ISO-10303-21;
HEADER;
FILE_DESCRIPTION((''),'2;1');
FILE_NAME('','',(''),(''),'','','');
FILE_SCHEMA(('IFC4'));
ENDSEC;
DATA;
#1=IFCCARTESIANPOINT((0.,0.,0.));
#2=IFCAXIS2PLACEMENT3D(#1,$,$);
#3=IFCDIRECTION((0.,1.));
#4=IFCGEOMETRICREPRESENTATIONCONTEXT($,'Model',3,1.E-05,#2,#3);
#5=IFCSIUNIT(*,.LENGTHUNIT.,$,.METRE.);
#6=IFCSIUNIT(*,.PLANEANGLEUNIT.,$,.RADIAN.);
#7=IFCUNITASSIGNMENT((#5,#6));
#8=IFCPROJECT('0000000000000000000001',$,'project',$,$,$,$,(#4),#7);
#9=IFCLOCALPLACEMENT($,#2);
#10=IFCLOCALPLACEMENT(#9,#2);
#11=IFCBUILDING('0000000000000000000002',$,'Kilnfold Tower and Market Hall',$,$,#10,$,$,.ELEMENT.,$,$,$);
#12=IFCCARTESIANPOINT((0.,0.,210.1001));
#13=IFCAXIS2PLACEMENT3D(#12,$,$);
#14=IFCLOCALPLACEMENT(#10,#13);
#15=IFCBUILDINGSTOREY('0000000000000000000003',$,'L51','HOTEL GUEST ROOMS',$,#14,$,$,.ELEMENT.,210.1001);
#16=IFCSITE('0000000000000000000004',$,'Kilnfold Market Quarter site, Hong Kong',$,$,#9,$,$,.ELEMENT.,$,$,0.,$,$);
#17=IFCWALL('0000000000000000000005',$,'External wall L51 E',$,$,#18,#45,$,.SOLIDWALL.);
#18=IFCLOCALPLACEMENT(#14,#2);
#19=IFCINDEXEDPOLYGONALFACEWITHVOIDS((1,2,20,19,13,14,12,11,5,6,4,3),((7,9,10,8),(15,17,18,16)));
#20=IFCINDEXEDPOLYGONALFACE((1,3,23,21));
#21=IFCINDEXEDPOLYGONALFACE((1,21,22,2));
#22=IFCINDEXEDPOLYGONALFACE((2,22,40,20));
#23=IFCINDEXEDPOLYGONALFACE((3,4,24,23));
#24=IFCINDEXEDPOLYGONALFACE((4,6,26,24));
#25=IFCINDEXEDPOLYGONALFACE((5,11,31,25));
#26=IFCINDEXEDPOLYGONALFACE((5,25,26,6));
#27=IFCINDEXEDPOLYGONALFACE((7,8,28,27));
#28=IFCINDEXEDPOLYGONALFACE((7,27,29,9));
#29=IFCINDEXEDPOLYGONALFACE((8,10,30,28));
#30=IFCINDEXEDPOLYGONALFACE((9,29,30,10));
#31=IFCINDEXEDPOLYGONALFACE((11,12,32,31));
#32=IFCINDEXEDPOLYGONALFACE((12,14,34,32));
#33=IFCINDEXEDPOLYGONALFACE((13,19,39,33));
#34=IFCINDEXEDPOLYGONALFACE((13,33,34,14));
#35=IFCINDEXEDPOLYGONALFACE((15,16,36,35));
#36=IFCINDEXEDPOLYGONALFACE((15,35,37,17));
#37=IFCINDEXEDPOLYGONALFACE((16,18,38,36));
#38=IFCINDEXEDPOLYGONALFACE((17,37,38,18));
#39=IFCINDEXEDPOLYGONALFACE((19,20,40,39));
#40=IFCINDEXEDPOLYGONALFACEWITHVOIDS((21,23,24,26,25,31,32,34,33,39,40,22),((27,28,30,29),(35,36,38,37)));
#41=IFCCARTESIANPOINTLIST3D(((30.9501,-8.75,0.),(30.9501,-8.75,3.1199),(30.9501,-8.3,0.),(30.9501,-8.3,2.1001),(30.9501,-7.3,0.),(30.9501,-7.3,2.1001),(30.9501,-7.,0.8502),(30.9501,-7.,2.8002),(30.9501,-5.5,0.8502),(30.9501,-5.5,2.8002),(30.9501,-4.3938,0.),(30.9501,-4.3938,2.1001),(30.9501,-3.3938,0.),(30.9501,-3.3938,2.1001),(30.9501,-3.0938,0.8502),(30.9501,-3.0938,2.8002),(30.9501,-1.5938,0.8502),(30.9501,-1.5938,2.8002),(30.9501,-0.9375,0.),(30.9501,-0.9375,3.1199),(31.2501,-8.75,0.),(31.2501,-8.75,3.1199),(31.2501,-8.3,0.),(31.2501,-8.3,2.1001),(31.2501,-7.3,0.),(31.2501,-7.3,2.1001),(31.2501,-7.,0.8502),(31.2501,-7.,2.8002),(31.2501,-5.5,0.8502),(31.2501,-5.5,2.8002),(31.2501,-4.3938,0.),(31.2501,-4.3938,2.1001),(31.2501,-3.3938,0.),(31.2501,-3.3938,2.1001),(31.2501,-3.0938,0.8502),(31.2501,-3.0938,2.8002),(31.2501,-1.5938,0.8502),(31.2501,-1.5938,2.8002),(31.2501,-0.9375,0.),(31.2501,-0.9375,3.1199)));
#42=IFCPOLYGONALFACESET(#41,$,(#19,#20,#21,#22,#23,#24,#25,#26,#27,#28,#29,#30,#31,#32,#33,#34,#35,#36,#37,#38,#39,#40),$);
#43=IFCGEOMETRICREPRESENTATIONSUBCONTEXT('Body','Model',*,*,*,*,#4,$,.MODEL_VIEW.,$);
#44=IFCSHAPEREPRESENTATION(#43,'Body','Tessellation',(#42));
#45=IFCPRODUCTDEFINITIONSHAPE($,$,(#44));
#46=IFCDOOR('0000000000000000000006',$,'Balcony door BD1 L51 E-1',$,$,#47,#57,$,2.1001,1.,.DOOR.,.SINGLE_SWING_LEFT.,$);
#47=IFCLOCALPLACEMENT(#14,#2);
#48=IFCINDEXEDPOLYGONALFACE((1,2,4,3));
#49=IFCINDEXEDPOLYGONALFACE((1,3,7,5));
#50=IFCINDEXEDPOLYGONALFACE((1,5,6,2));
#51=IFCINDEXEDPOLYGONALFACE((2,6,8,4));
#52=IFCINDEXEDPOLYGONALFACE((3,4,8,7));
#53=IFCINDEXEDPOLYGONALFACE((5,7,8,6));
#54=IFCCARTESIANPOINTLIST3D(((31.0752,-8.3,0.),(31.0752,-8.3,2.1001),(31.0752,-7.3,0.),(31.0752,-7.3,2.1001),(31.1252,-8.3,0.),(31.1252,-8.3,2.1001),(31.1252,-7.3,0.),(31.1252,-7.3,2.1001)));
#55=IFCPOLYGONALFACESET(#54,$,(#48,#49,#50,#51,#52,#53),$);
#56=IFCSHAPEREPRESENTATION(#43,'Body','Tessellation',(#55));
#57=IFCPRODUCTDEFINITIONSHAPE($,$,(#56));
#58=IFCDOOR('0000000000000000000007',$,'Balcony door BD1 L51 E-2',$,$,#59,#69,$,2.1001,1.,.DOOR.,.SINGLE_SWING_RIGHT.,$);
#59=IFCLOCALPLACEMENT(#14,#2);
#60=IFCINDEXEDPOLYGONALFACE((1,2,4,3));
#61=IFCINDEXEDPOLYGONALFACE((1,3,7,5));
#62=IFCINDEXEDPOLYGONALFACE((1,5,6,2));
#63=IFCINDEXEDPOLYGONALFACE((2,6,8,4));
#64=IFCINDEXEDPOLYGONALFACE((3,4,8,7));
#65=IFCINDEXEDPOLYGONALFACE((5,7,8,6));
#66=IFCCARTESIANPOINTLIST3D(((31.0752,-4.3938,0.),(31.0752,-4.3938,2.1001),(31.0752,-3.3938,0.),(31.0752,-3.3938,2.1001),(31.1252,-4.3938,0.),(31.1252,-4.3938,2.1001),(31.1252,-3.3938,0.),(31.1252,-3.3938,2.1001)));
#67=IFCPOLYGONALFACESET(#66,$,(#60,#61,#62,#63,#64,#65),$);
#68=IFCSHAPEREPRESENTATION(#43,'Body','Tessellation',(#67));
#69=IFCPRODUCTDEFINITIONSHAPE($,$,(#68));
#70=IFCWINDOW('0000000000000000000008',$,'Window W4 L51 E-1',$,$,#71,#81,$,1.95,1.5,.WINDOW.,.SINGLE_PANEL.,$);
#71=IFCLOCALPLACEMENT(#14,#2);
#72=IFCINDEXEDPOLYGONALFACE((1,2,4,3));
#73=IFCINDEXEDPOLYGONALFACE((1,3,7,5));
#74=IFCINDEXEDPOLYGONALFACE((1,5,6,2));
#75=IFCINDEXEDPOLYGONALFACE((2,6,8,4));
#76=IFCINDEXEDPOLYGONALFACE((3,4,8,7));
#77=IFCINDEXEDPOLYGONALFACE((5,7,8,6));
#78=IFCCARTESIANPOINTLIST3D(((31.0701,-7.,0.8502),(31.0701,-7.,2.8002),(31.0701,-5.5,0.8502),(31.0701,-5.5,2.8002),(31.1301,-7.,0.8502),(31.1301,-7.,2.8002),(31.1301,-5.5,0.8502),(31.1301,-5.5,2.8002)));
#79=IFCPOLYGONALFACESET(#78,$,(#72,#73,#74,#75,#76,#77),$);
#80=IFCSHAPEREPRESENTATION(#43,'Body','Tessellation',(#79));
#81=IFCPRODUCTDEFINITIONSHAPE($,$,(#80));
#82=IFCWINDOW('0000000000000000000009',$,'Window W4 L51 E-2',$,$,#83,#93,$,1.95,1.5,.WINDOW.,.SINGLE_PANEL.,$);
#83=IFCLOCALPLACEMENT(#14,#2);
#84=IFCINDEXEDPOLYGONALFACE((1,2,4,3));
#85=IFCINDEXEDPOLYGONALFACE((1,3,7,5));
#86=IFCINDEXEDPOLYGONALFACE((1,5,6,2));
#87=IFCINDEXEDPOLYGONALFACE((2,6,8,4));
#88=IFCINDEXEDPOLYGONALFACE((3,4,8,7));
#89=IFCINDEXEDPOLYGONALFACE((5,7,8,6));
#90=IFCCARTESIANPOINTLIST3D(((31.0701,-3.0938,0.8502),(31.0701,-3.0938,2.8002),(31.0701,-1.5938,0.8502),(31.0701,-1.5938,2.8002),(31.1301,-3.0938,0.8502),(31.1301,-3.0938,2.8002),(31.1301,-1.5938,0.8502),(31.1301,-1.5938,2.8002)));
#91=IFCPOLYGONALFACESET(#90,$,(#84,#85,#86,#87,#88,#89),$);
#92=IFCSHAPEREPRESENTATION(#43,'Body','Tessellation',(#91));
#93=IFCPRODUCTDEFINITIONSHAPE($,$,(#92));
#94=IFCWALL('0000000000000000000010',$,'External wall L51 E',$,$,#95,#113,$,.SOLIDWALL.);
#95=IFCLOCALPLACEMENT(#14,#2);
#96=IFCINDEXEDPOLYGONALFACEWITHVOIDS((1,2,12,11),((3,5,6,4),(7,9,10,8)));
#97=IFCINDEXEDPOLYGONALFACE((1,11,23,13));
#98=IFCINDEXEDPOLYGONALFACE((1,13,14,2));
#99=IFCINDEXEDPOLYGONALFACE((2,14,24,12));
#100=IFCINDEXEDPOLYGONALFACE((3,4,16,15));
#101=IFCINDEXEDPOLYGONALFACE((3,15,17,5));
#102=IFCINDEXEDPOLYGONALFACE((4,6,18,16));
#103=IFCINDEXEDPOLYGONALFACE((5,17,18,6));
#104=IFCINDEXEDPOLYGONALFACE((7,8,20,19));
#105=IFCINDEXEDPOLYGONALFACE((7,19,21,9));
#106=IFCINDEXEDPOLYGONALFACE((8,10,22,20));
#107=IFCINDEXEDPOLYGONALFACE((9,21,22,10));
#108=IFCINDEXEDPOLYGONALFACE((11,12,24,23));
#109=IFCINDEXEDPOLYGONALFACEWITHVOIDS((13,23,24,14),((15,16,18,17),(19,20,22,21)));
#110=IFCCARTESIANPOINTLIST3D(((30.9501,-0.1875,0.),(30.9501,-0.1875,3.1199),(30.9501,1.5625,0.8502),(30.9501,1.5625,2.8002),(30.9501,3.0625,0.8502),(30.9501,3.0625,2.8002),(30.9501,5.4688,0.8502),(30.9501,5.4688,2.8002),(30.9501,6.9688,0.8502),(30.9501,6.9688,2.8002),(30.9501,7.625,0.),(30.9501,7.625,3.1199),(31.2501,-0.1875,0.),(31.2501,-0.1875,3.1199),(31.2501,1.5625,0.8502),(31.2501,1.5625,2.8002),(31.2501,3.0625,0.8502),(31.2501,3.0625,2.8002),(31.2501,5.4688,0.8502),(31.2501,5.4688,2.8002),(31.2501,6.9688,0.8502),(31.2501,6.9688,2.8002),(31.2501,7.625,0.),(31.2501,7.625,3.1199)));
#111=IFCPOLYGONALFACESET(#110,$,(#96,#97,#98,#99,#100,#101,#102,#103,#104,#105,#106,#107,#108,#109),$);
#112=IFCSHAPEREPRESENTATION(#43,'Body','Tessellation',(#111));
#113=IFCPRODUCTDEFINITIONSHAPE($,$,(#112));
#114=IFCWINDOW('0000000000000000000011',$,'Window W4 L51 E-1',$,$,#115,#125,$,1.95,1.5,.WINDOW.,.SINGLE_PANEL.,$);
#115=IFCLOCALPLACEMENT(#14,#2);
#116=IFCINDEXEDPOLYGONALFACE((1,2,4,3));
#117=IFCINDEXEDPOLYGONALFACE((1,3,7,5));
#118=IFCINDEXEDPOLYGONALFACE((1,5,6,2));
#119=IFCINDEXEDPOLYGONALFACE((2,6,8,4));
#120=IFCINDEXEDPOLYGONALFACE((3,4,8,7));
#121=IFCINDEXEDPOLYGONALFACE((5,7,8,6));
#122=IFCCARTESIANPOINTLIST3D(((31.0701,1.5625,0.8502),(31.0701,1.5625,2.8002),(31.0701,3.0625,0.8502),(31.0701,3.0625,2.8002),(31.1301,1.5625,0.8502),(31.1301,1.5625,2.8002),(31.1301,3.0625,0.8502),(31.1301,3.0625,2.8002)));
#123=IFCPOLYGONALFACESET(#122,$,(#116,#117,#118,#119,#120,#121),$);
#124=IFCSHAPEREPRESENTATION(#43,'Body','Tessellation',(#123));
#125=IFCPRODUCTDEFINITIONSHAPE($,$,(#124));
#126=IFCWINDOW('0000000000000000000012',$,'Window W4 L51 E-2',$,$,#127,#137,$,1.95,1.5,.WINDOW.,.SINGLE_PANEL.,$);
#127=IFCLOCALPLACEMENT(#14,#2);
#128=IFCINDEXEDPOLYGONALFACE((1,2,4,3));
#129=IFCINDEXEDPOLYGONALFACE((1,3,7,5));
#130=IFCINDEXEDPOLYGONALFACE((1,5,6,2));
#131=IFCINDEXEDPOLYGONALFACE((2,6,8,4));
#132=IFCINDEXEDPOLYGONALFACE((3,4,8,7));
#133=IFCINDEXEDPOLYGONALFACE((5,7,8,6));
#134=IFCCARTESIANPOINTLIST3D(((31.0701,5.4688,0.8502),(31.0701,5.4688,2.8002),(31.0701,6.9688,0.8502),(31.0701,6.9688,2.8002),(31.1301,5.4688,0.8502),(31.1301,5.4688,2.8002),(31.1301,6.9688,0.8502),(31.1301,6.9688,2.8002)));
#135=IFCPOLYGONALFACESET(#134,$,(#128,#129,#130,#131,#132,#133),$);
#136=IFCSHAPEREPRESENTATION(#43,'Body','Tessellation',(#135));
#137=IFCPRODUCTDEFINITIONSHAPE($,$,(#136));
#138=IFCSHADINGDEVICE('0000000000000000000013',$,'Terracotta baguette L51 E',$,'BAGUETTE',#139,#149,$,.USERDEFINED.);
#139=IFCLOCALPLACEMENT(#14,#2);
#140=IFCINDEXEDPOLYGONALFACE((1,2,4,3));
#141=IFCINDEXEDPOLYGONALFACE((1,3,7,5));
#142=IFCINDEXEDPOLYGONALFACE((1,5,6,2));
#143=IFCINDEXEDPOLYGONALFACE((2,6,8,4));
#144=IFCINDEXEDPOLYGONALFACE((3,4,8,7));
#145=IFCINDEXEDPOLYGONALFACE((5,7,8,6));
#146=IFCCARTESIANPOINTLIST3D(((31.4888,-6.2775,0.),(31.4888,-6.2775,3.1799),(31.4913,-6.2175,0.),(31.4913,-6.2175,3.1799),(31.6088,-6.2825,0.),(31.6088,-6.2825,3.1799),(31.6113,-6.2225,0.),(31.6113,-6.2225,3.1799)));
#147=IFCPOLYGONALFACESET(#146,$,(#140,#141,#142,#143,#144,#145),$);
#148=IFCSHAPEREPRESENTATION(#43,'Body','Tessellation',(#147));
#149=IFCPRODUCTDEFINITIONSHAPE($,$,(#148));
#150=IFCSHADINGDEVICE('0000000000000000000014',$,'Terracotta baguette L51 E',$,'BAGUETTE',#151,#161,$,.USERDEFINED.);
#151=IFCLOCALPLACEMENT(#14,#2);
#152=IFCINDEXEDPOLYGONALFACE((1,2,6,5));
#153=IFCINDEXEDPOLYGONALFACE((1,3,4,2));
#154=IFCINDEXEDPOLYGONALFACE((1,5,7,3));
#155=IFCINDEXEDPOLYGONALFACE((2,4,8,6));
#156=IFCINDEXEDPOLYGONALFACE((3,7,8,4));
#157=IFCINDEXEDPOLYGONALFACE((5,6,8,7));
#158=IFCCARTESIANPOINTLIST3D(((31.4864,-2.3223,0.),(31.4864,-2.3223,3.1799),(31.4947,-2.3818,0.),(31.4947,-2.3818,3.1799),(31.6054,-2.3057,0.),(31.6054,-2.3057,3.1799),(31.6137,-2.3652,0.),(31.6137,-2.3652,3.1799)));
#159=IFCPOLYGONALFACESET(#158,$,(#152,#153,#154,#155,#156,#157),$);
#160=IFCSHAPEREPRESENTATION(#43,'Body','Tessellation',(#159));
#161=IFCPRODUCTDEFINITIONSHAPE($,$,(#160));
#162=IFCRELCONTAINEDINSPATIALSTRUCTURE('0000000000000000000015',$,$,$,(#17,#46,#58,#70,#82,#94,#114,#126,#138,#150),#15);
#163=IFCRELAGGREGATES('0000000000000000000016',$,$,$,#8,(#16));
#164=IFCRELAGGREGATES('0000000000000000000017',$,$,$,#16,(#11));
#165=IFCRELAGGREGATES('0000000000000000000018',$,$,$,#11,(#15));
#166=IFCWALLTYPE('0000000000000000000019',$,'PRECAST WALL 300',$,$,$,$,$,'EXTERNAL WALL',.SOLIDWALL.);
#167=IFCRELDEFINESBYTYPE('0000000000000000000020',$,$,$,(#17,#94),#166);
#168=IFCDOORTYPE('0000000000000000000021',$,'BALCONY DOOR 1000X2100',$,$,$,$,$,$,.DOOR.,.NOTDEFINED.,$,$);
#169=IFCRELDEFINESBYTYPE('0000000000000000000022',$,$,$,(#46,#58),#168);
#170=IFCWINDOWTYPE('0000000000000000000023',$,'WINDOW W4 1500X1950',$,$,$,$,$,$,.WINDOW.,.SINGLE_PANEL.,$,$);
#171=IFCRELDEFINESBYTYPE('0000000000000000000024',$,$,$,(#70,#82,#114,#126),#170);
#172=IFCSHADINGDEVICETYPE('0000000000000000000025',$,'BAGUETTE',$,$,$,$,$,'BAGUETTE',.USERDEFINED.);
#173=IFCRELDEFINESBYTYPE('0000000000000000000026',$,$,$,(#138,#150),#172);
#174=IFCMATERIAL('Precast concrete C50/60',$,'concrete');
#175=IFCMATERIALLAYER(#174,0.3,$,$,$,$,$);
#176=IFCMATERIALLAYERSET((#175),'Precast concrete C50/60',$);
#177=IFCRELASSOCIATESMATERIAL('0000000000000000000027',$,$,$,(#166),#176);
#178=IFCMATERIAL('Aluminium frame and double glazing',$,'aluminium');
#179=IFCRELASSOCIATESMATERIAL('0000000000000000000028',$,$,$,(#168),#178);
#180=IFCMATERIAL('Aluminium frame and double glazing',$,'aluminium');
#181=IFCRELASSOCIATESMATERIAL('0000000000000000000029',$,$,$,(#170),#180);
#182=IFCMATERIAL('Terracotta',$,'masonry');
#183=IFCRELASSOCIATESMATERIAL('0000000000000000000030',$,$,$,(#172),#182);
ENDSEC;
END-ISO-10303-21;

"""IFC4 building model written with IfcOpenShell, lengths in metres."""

from ifc_helpers import new_model, si_unit, direction, frame, frame_2d, origin, origin_2d, place, context, subcontext, project, spatial, rectangle, extrude, source, transform, mapped, material, layer, layer_set, material_profile, profile_set, type_object, element, fill, save


model = new_model("IFC4")

# Units and contexts
model_context = context("Model", 3, precision=1e-05, world=origin(), true_north=direction((0.0, 1.0)))
body_context = subcontext(model_context, "Body", "Model", "MODEL_VIEW")
ifc_project = project(units=[si_unit("LENGTHUNIT", "METRE"), si_unit("PLANEANGLEUNIT", "RADIAN")], contexts=[model_context])

# Site, building, storey
site_placement = place(None, origin())
site = spatial("IfcSite", under=ifc_project, at=site_placement, Name="Kilnfold Market Quarter site, Hong Kong", CompositionType="ELEMENT", RefElevation=0.0)
building_placement = place(site_placement, origin())
building = spatial("IfcBuilding", under=site, at=building_placement, Name="Kilnfold Tower and Market Hall", CompositionType="ELEMENT")
storey_placement = place(building_placement, frame((0.0, 0.0, 210.1001)))
storey = spatial("IfcBuildingStorey", under=building, at=storey_placement, Name="L51", Description="HOTEL GUEST ROOMS", CompositionType="ELEMENT", Elevation=210.1001)

# Wall, openings, doors, windows
ifc_material_1 = material(Name="Precast concrete C50/60", Category="concrete")
ifc_layer_1 = layer(ifc_material_1, 0.3)
ifc_layer_set_1 = layer_set([ifc_layer_1], Name="Precast concrete C50/60")
wall_type_1 = type_object("IfcWallType", Name="PRECAST WALL 300", ElementType="EXTERNAL WALL", PredefinedType="SOLIDWALL", material=ifc_layer_set_1)
shared_shape_1 = source(origin(), body_context, "Body", "SweptSolid", [
    extrude(rectangle(XDim=7.8125, YDim=0.3, at=frame_2d((3.9062, 0.0))), origin(), (0.0, 0.0, 1.0), 3.1199),
])
wall_1_placement = place(storey_placement, frame((31.1001, -8.75, 0.0), z_axis=(0.0, 0.0, 1.0), x_axis=(0.0, 1.0, 0.0)))
wall_1 = element("IfcWall", 1, at=wall_1_placement, inside=storey, type_object=wall_type_1, Name="External wall L51 E", PredefinedType="SOLIDWALL", context=body_context, shape_type="MappedRepresentation", body=[
    mapped(shared_shape_1, transform((0.0, 0.0, 0.0))),
])
opening_1_placement = place(wall_1_placement, frame((1.75, 0.0, 0.8501)))
opening_1 = element("IfcOpeningElement", 2, at=opening_1_placement, cuts=wall_1, PredefinedType="OPENING", context=body_context, shape_type="SweptSolid", body=[
    extrude(rectangle(XDim=1.5, YDim=1.95, at=frame_2d((0.75, 0.9751))), frame((0.0, 0.1602, 0.0), z_axis=(0.0, -1.0, 0.0), x_axis=(1.0, 0.0, 0.0)), (0.0, 0.0, 1.0), 0.3201),
])
opening_2_placement = place(wall_1_placement, frame((0.45, 0.0, 0.0)))
opening_2 = element("IfcOpeningElement", 3, at=opening_2_placement, cuts=wall_1, PredefinedType="OPENING", context=body_context, shape_type="SweptSolid", body=[
    extrude(rectangle(XDim=1.0, YDim=2.1001, at=frame_2d((0.5, 1.05))), frame((0.0, 0.1602, 0.0), z_axis=(0.0, -1.0, 0.0), x_axis=(1.0, 0.0, 0.0)), (0.0, 0.0, 1.0), 0.3201),
])
opening_3_placement = place(wall_1_placement, frame((5.6562, 0.0, 0.8501)))
opening_3 = element("IfcOpeningElement", 4, at=opening_3_placement, cuts=wall_1, PredefinedType="OPENING", context=body_context, shape_type="SweptSolid", body=[
    extrude(rectangle(XDim=1.5, YDim=1.95, at=frame_2d((0.75, 0.9751))), frame((0.0, 0.1602, 0.0), z_axis=(0.0, -1.0, 0.0), x_axis=(1.0, 0.0, 0.0)), (0.0, 0.0, 1.0), 0.3201),
])
opening_4_placement = place(wall_1_placement, frame((4.3562, 0.0, 0.0)))
opening_4 = element("IfcOpeningElement", 5, at=opening_4_placement, cuts=wall_1, PredefinedType="OPENING", context=body_context, shape_type="SweptSolid", body=[
    extrude(rectangle(XDim=1.0, YDim=2.1001, at=frame_2d((0.5, 1.05))), frame((0.0, 0.1602, 0.0), z_axis=(0.0, -1.0, 0.0), x_axis=(1.0, 0.0, 0.0)), (0.0, 0.0, 1.0), 0.3201),
])
ifc_material_2 = material(Name="Aluminium frame and double glazing", Category="aluminium")
door_type_1 = type_object("IfcDoorType", Name="BALCONY DOOR 1000X2100", OperationType="NOTDEFINED", PredefinedType="DOOR", material=ifc_material_2)
door_1_placement = place(opening_2_placement, origin())
door_1 = element("IfcDoor", 6, at=door_1_placement, inside=storey, type_object=door_type_1, Name="Balcony door BD1 L51 E-1", OperationType="SINGLE_SWING_LEFT", OverallHeight=2.1001, OverallWidth=1.0, PredefinedType="DOOR", context=body_context, shape_type="SweptSolid", body=[
    extrude(rectangle(XDim=1.0, YDim=2.1001, at=frame_2d((0.5, 1.05))), frame((0.0, 0.0249, 0.0), z_axis=(0.0, -1.0, 0.0), x_axis=(1.0, 0.0, 0.0)), (0.0, 0.0, 1.0), 0.05),
])
fill(opening_2, door_1)
door_2_placement = place(opening_4_placement, origin())
door_2 = element("IfcDoor", 7, at=door_2_placement, inside=storey, type_object=door_type_1, Name="Balcony door BD1 L51 E-2", OperationType="SINGLE_SWING_RIGHT", OverallHeight=2.1001, OverallWidth=1.0, PredefinedType="DOOR", context=body_context, shape_type="SweptSolid", body=[
    extrude(rectangle(XDim=1.0, YDim=2.1001, at=frame_2d((0.5, 1.05))), frame((0.0, 0.0249, 0.0), z_axis=(0.0, -1.0, 0.0), x_axis=(1.0, 0.0, 0.0)), (0.0, 0.0, 1.0), 0.05),
])
fill(opening_4, door_2)
ifc_material_3 = material(Name="Aluminium frame and double glazing", Category="aluminium")
window_type = type_object("IfcWindowType", Name="WINDOW W4 1500X1950", PartitioningType="SINGLE_PANEL", PredefinedType="WINDOW", material=ifc_material_3)
window_1_placement = place(opening_1_placement, origin())
window_1 = element("IfcWindow", 8, at=window_1_placement, inside=storey, type_object=window_type, Name="Window W4 L51 E-1", OverallHeight=1.95, OverallWidth=1.5, PartitioningType="SINGLE_PANEL", PredefinedType="WINDOW", context=body_context, shape_type="SweptSolid", body=[
    extrude(rectangle(XDim=1.5, YDim=1.95, at=frame_2d((0.75, 0.9751))), frame((0.0, 0.03, 0.0), z_axis=(0.0, -1.0, 0.0), x_axis=(1.0, 0.0, 0.0)), (0.0, 0.0, 1.0), 0.0601),
])
fill(opening_1, window_1)
window_2_placement = place(opening_3_placement, origin())
window_2 = element("IfcWindow", 9, at=window_2_placement, inside=storey, type_object=window_type, Name="Window W4 L51 E-2", OverallHeight=1.95, OverallWidth=1.5, PartitioningType="SINGLE_PANEL", PredefinedType="WINDOW", context=body_context, shape_type="SweptSolid", body=[
    extrude(rectangle(XDim=1.5, YDim=1.95, at=frame_2d((0.75, 0.9751))), frame((0.0, 0.03, 0.0), z_axis=(0.0, -1.0, 0.0), x_axis=(1.0, 0.0, 0.0)), (0.0, 0.0, 1.0), 0.0601),
])
fill(opening_3, window_2)

# Wall, openings, windows
wall_2_placement = place(storey_placement, frame((31.1001, -0.1875, 0.0), z_axis=(0.0, 0.0, 1.0), x_axis=(0.0, 1.0, 0.0)))
wall_2 = element("IfcWall", 10, at=wall_2_placement, inside=storey, type_object=wall_type_1, Name="External wall L51 E", PredefinedType="SOLIDWALL", context=body_context, shape_type="MappedRepresentation", body=[
    mapped(shared_shape_1, transform((0.0, 0.0, 0.0))),
])
opening_5_placement = place(wall_2_placement, frame((1.75, 0.0, 0.8501)))
opening_5 = element("IfcOpeningElement", 11, at=opening_5_placement, cuts=wall_2, PredefinedType="OPENING", context=body_context, shape_type="SweptSolid", body=[
    extrude(rectangle(XDim=1.5, YDim=1.95, at=frame_2d((0.75, 0.9751))), frame((0.0, 0.1602, 0.0), z_axis=(0.0, -1.0, 0.0), x_axis=(1.0, 0.0, 0.0)), (0.0, 0.0, 1.0), 0.3201),
])
opening_6_placement = place(wall_2_placement, frame((5.6562, 0.0, 0.8501)))
opening_6 = element("IfcOpeningElement", 12, at=opening_6_placement, cuts=wall_2, PredefinedType="OPENING", context=body_context, shape_type="SweptSolid", body=[
    extrude(rectangle(XDim=1.5, YDim=1.95, at=frame_2d((0.75, 0.9751))), frame((0.0, 0.1602, 0.0), z_axis=(0.0, -1.0, 0.0), x_axis=(1.0, 0.0, 0.0)), (0.0, 0.0, 1.0), 0.3201),
])
window_3_placement = place(opening_5_placement, origin())
window_3 = element("IfcWindow", 13, at=window_3_placement, inside=storey, type_object=window_type, Name="Window W4 L51 E-1", OverallHeight=1.95, OverallWidth=1.5, PartitioningType="SINGLE_PANEL", PredefinedType="WINDOW", context=body_context, shape_type="SweptSolid", body=[
    extrude(rectangle(XDim=1.5, YDim=1.95, at=frame_2d((0.75, 0.9751))), frame((0.0, 0.03, 0.0), z_axis=(0.0, -1.0, 0.0), x_axis=(1.0, 0.0, 0.0)), (0.0, 0.0, 1.0), 0.0601),
])
fill(opening_5, window_3)
window_4_placement = place(opening_6_placement, origin())
window_4 = element("IfcWindow", 14, at=window_4_placement, inside=storey, type_object=window_type, Name="Window W4 L51 E-2", OverallHeight=1.95, OverallWidth=1.5, PartitioningType="SINGLE_PANEL", PredefinedType="WINDOW", context=body_context, shape_type="SweptSolid", body=[
    extrude(rectangle(XDim=1.5, YDim=1.95, at=frame_2d((0.75, 0.9751))), frame((0.0, 0.03, 0.0), z_axis=(0.0, -1.0, 0.0), x_axis=(1.0, 0.0, 0.0)), (0.0, 0.0, 1.0), 0.0601),
])
fill(opening_6, window_4)

# Shading devices
ifc_material_4 = material(Name="Terracotta", Category="masonry")
ifc_material_profile_1 = material_profile(ifc_material_4, rectangle(XDim=0.0601, YDim=0.1201, at=origin_2d()), Name="BAG 60x120")
ifc_profile_set_1 = profile_set([ifc_material_profile_1], Name="Terracotta")
shading_device_type = type_object("IfcShadingDeviceType", Name="BAGUETTE", ElementType="BAGUETTE", PredefinedType="USERDEFINED", material=ifc_profile_set_1)
shared_shape_2 = source(origin(), body_context, "Body", "SweptSolid", [
    extrude(rectangle(XDim=0.0601, YDim=0.1201, at=origin_2d()), origin(), (0.0, 0.0, 1.0), 3.1799),
])
for number, where, z_axis, x_axis, name in (
    (15, (31.55, -6.25, 0.0), (0.0, 0.0, 1.0), (0.042195, 0.999109, 0.0), "Terracotta baguette L51 E"),
    (16, (31.55, -2.3438, 0.0), (0.0, 0.0, 1.0), (-0.138098, 0.990419, 0.0), "Terracotta baguette L51 E"),
):
    element("IfcShadingDevice", number, at=place(storey_placement, frame(where, z_axis=z_axis, x_axis=x_axis)), inside=storey, type_object=shading_device_type, Name=name, ObjectType="BAGUETTE", PredefinedType="USERDEFINED", context=body_context, shape_type="MappedRepresentation", body=[
        mapped(shared_shape_2, transform((0.0, 0.0, 0.0))),
    ])

save(model, "model.ifc")
